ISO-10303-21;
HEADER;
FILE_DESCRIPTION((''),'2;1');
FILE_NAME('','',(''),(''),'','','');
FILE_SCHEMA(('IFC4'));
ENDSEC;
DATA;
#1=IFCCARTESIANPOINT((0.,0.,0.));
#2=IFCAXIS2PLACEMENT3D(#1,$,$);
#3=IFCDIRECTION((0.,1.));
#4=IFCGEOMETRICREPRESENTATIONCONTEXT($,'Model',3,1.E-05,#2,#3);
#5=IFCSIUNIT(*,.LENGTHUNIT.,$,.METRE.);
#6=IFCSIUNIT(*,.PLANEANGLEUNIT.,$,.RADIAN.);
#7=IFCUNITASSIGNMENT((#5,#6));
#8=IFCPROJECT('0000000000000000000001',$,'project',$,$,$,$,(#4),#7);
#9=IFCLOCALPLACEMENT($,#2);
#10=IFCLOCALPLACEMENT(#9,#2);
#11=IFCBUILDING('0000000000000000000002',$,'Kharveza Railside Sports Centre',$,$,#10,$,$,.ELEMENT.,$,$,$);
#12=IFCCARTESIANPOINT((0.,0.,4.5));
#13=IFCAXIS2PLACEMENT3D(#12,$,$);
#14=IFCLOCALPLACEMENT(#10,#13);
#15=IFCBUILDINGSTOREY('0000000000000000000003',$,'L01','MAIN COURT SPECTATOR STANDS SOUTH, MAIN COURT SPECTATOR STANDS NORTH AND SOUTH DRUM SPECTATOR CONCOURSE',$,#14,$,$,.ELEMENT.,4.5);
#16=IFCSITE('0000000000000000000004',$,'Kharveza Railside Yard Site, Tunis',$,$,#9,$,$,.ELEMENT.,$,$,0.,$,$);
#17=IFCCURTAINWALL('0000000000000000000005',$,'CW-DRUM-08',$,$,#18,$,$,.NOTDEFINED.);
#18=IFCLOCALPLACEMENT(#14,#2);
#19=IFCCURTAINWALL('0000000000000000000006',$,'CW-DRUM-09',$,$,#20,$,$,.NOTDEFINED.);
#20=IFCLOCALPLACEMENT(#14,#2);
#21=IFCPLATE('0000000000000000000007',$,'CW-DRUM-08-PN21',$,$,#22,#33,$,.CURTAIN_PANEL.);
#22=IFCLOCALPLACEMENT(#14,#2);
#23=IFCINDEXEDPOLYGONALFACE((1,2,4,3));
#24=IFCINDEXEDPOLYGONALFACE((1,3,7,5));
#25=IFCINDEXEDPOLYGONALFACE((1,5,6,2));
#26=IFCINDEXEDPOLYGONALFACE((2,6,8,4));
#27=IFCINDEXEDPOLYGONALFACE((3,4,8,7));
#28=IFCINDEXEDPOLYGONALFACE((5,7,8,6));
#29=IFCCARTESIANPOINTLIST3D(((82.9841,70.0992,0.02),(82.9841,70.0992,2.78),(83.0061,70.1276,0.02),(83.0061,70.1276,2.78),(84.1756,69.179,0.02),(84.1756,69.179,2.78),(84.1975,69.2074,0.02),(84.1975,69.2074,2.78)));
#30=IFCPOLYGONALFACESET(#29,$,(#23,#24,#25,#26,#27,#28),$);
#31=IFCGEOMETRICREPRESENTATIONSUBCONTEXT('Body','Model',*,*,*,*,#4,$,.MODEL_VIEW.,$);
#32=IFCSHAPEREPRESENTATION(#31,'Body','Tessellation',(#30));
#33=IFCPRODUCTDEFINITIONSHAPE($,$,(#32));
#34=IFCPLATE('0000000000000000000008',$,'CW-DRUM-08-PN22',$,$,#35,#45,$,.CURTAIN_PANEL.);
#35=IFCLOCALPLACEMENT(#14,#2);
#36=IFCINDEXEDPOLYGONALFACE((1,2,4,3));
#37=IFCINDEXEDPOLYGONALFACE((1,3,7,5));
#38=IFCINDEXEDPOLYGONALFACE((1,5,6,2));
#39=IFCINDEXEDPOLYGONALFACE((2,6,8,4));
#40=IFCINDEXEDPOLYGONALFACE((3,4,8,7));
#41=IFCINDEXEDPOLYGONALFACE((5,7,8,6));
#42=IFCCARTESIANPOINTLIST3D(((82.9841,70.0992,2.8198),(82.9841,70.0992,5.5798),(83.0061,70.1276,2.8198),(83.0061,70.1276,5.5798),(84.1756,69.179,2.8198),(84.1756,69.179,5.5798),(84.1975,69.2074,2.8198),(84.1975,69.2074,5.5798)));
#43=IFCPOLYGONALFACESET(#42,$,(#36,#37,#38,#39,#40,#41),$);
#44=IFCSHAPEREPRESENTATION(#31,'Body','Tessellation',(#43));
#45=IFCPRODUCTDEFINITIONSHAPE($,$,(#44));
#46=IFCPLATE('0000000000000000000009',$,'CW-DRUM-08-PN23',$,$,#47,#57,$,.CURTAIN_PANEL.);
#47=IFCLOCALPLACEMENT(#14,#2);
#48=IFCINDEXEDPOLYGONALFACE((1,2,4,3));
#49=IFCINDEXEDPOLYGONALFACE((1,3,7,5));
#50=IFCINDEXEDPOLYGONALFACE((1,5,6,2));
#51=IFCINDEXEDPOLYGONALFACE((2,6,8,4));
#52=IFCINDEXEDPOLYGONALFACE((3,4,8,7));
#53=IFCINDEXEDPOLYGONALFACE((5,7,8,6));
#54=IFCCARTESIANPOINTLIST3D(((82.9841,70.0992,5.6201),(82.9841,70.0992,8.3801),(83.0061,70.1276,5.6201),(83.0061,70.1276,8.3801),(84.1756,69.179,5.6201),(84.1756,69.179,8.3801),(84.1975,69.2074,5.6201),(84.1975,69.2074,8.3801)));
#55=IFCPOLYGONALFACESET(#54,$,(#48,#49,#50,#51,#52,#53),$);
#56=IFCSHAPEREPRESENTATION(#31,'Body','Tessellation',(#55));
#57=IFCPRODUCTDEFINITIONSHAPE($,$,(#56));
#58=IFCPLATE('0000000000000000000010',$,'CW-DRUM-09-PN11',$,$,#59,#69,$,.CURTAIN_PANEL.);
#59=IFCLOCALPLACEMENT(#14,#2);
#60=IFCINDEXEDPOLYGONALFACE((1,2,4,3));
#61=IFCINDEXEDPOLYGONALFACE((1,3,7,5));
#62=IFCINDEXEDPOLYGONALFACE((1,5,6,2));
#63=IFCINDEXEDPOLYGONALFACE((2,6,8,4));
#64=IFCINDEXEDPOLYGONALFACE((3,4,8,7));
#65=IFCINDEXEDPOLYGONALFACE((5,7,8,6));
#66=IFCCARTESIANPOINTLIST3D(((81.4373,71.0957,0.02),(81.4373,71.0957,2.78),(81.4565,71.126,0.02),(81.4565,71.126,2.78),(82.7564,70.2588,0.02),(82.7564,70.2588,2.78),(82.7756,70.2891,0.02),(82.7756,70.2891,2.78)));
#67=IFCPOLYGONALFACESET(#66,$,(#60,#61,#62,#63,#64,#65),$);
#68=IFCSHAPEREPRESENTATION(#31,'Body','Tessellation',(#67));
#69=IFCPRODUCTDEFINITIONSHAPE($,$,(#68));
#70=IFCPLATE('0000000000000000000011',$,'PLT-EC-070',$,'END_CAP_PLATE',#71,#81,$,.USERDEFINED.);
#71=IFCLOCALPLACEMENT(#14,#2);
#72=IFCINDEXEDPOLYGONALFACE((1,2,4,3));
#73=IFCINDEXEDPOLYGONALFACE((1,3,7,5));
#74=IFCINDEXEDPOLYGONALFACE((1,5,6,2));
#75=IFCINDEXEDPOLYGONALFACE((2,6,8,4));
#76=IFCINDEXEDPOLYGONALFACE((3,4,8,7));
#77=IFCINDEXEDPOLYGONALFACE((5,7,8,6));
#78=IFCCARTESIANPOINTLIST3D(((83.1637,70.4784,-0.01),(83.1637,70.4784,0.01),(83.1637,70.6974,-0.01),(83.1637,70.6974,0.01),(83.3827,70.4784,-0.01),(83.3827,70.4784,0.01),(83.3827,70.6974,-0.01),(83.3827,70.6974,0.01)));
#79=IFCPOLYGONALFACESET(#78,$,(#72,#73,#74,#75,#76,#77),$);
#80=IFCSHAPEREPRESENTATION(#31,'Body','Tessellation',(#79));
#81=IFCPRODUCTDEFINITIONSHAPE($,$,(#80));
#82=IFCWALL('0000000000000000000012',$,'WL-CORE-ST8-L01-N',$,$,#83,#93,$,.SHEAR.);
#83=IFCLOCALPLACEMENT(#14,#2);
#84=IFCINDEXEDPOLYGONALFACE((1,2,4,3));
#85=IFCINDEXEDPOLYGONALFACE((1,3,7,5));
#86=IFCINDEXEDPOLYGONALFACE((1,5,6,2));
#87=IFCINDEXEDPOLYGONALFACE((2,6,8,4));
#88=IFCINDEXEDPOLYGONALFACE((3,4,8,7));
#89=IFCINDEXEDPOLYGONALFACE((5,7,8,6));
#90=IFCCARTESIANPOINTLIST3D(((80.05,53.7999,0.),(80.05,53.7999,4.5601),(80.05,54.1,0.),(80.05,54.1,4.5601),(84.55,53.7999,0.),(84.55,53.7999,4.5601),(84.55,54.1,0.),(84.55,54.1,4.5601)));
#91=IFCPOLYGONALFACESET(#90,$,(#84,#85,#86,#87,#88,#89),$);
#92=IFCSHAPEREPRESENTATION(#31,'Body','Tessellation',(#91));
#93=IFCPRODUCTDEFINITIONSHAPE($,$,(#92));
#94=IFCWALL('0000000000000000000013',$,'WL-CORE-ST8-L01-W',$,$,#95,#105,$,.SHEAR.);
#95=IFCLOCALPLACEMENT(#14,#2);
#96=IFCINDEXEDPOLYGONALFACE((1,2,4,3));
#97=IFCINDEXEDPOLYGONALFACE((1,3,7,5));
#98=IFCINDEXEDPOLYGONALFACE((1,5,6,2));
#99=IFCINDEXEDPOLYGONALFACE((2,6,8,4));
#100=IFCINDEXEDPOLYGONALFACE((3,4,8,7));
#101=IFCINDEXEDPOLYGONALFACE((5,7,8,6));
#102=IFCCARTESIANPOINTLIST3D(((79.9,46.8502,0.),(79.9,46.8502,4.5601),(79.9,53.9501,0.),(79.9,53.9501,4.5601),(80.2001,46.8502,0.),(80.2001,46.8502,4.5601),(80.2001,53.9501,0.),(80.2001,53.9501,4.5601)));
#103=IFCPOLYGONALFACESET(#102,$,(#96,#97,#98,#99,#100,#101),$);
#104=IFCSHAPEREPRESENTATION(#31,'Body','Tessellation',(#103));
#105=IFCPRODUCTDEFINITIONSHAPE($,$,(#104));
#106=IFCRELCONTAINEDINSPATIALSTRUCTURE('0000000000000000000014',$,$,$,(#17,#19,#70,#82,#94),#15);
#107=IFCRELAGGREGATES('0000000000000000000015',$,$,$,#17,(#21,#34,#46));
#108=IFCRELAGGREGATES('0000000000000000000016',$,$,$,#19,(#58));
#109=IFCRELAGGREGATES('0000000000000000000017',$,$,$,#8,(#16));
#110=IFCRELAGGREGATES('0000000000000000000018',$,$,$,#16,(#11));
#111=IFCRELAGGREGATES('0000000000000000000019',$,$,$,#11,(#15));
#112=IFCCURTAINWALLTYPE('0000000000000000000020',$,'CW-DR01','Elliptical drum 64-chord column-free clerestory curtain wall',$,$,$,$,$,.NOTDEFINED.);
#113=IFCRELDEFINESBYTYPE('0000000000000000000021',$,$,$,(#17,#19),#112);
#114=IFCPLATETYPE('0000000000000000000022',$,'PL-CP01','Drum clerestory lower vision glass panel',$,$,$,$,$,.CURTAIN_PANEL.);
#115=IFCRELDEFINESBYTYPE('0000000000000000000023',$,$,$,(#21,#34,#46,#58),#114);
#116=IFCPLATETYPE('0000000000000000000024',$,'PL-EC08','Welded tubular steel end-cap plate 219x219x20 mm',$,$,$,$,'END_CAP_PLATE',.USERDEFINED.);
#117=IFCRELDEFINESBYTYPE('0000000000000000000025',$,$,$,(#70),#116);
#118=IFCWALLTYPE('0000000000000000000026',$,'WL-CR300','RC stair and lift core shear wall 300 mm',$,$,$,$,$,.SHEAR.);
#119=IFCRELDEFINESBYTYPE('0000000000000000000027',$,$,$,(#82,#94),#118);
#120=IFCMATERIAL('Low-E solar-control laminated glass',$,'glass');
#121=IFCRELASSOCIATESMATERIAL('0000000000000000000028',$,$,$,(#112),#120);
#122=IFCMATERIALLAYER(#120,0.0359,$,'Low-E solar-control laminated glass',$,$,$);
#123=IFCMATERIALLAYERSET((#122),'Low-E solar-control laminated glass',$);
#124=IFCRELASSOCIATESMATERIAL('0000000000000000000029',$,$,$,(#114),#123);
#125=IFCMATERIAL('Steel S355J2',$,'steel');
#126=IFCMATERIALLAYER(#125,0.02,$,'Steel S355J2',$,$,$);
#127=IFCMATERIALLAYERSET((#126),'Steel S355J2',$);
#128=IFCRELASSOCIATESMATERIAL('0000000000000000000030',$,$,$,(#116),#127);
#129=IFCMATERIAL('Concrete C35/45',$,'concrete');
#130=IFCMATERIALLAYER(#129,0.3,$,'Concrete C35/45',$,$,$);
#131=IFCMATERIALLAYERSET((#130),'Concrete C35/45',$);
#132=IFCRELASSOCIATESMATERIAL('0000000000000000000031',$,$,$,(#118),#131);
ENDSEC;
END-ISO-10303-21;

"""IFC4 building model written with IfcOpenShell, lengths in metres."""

from ifc_helpers import new_model, si_unit, direction, frame, frame_2d, origin, origin_2d, place, context, subcontext, project, spatial, rectangle, extrude, material, layer, layer_set, type_object, element, aggregate, save


model = new_model("IFC4")

# Units and contexts
model_context = context("Model", 3, precision=1e-05, world=origin(), true_north=direction((0.0, 1.0)))
body_context = subcontext(model_context, "Body", "Model", "MODEL_VIEW")
ifc_project = project(units=[si_unit("LENGTHUNIT", "METRE"), si_unit("PLANEANGLEUNIT", "RADIAN")], contexts=[model_context])

# Site, building, storey
site_placement = place(None, origin())
site = spatial("IfcSite", under=ifc_project, at=site_placement, Name="Kharveza Railside Yard Site, Tunis", CompositionType="ELEMENT", RefElevation=0.0)
building_placement = place(site_placement, origin())
building = spatial("IfcBuilding", under=site, at=building_placement, Name="Kharveza Railside Sports Centre", CompositionType="ELEMENT")
storey_placement = place(building_placement, frame((0.0, 0.0, 4.5)))
storey = spatial("IfcBuildingStorey", under=building, at=storey_placement, Name="L01", Description="MAIN COURT SPECTATOR STANDS SOUTH, MAIN COURT SPECTATOR STANDS NORTH AND SOUTH DRUM SPECTATOR CONCOURSE", CompositionType="ELEMENT", Elevation=4.5)

# Shared definitions
ifc_material_1 = material(Name="Steel S355J2", Category="steel")

# Shared definitions
ifc_material_2 = material(Name="Low-E solar-control laminated glass", Category="glass")
curtain_wall_type = type_object("IfcCurtainWallType", Name="CW-DR01", Description="Elliptical drum 64-chord column-free clerestory curtain wall", PredefinedType="NOTDEFINED", material=ifc_material_2)

# Curtain wall
curtain_wall_1_placement = place(storey_placement, origin())
curtain_wall_1 = element("IfcCurtainWall", 1, at=curtain_wall_1_placement, inside=storey, type_object=curtain_wall_type, Name="CW-DRUM-08", PredefinedType="NOTDEFINED")

# Curtain wall
curtain_wall_2_placement = place(storey_placement, origin())
curtain_wall_2 = element("IfcCurtainWall", 2, at=curtain_wall_2_placement, inside=storey, type_object=curtain_wall_type, Name="CW-DRUM-09", PredefinedType="NOTDEFINED")

# Plates
ifc_layer_1 = layer(ifc_material_2, 0.0359, Name="Low-E solar-control laminated glass")
ifc_layer_set_1 = layer_set([ifc_layer_1], Name="Low-E solar-control laminated glass")
plate_type_1 = type_object("IfcPlateType", Name="PL-CP01", Description="Drum clerestory lower vision glass panel", PredefinedType="CURTAIN_PANEL", material=ifc_layer_set_1)
plate_1_placement = place(storey_placement, frame((83.5908, 69.6533, 0.02), z_axis=(0.0, 0.0, 1.0), x_axis=(-0.791437, 0.611251, 0.0)))
plate_1 = element("IfcPlate", 3, at=plate_1_placement, type_object=plate_type_1, Name="CW-DRUM-08-PN21", PredefinedType="CURTAIN_PANEL", context=body_context, shape_type="SweptSolid", body=[
    extrude(rectangle(XDim=1.5054, YDim=0.0359, at=origin_2d()), origin(), (0.0, 0.0, 1.0), 2.76),
])
plate_2_placement = place(storey_placement, frame((83.5908, 69.6533, 2.8198), z_axis=(0.0, 0.0, 1.0), x_axis=(-0.791437, 0.611251, 0.0)))
plate_2 = element("IfcPlate", 4, at=plate_2_placement, type_object=plate_type_1, Name="CW-DRUM-08-PN22", PredefinedType="CURTAIN_PANEL", context=body_context, shape_type="SweptSolid", body=[
    extrude(rectangle(XDim=1.5054, YDim=0.0359, at=origin_2d()), origin(), (0.0, 0.0, 1.0), 2.76),
])
plate_3_placement = place(storey_placement, frame((83.5908, 69.6533, 5.6201), z_axis=(0.0, 0.0, 1.0), x_axis=(-0.791437, 0.611251, 0.0)))
plate_3 = element("IfcPlate", 5, at=plate_3_placement, type_object=plate_type_1, Name="CW-DRUM-08-PN23", PredefinedType="CURTAIN_PANEL", context=body_context, shape_type="SweptSolid", body=[
    extrude(rectangle(XDim=1.5054, YDim=0.0359, at=origin_2d()), origin(), (0.0, 0.0, 1.0), 2.76),
])
aggregate(curtain_wall_1, [plate_1, plate_2, plate_3])
plate_4_placement = place(storey_placement, frame((82.1064, 70.6924, 0.02), z_axis=(0.0, 0.0, 1.0), x_axis=(-0.844393, 0.535724, 0.0)))
plate_4 = element("IfcPlate", 6, at=plate_4_placement, type_object=plate_type_1, Name="CW-DRUM-09-PN11", PredefinedType="CURTAIN_PANEL", context=body_context, shape_type="SweptSolid", body=[
    extrude(rectangle(XDim=1.5623, YDim=0.0359, at=origin_2d()), origin(), (0.0, 0.0, 1.0), 2.76),
])
aggregate(curtain_wall_2, [plate_4])
ifc_layer_2 = layer(ifc_material_1, 0.02, Name="Steel S355J2")
ifc_layer_set_2 = layer_set([ifc_layer_2], Name="Steel S355J2")
plate_type_2 = type_object("IfcPlateType", Name="PL-EC08", Description="Welded tubular steel end-cap plate 219x219x20 mm", ElementType="END_CAP_PLATE", PredefinedType="USERDEFINED", material=ifc_layer_set_2)
plate_5_placement = place(storey_placement, frame((83.2732, 70.5879, -0.01), z_axis=(0.0, 0.0, 1.0), x_axis=(1.0, 0.0, 0.0)))
element("IfcPlate", 7, at=plate_5_placement, inside=storey, type_object=plate_type_2, Name="PLT-EC-070", ObjectType="END_CAP_PLATE", PredefinedType="USERDEFINED", context=body_context, shape_type="SweptSolid", body=[
    extrude(rectangle(XDim=0.219, YDim=0.219, at=origin_2d()), origin(), (0.0, 0.0, 1.0), 0.02),
])

# Walls
ifc_material_3 = material(Name="Concrete C35/45", Category="concrete")
ifc_layer_3 = layer(ifc_material_3, 0.3, Name="Concrete C35/45")
ifc_layer_set_3 = layer_set([ifc_layer_3], Name="Concrete C35/45")
wall_type = type_object("IfcWallType", Name="WL-CR300", Description="RC stair and lift core shear wall 300 mm", PredefinedType="SHEAR", material=ifc_layer_set_3)
wall_1_placement = place(storey_placement, frame((84.55, 53.95, 0.0), z_axis=(0.0, 0.0, 1.0), x_axis=(-1.0, 0.0, 0.0)))
element("IfcWall", 8, at=wall_1_placement, inside=storey, type_object=wall_type, Name="WL-CORE-ST8-L01-N", PredefinedType="SHEAR", context=body_context, shape_type="SweptSolid", body=[
    extrude(rectangle(XDim=4.5, YDim=0.3, at=frame_2d((2.25, 0.0))), origin(), (0.0, 0.0, 1.0), 4.5601),
])
wall_2_placement = place(storey_placement, frame((80.05, 53.95, 0.0), z_axis=(0.0, 0.0, 1.0), x_axis=(0.0, -1.0, 0.0)))
element("IfcWall", 9, at=wall_2_placement, inside=storey, type_object=wall_type, Name="WL-CORE-ST8-L01-W", PredefinedType="SHEAR", context=body_context, shape_type="SweptSolid", body=[
    extrude(rectangle(XDim=7.0999, YDim=0.3, at=frame_2d((3.5498, 0.0))), origin(), (0.0, 0.0, 1.0), 4.5601),
])

save(model, "model.ifc")
